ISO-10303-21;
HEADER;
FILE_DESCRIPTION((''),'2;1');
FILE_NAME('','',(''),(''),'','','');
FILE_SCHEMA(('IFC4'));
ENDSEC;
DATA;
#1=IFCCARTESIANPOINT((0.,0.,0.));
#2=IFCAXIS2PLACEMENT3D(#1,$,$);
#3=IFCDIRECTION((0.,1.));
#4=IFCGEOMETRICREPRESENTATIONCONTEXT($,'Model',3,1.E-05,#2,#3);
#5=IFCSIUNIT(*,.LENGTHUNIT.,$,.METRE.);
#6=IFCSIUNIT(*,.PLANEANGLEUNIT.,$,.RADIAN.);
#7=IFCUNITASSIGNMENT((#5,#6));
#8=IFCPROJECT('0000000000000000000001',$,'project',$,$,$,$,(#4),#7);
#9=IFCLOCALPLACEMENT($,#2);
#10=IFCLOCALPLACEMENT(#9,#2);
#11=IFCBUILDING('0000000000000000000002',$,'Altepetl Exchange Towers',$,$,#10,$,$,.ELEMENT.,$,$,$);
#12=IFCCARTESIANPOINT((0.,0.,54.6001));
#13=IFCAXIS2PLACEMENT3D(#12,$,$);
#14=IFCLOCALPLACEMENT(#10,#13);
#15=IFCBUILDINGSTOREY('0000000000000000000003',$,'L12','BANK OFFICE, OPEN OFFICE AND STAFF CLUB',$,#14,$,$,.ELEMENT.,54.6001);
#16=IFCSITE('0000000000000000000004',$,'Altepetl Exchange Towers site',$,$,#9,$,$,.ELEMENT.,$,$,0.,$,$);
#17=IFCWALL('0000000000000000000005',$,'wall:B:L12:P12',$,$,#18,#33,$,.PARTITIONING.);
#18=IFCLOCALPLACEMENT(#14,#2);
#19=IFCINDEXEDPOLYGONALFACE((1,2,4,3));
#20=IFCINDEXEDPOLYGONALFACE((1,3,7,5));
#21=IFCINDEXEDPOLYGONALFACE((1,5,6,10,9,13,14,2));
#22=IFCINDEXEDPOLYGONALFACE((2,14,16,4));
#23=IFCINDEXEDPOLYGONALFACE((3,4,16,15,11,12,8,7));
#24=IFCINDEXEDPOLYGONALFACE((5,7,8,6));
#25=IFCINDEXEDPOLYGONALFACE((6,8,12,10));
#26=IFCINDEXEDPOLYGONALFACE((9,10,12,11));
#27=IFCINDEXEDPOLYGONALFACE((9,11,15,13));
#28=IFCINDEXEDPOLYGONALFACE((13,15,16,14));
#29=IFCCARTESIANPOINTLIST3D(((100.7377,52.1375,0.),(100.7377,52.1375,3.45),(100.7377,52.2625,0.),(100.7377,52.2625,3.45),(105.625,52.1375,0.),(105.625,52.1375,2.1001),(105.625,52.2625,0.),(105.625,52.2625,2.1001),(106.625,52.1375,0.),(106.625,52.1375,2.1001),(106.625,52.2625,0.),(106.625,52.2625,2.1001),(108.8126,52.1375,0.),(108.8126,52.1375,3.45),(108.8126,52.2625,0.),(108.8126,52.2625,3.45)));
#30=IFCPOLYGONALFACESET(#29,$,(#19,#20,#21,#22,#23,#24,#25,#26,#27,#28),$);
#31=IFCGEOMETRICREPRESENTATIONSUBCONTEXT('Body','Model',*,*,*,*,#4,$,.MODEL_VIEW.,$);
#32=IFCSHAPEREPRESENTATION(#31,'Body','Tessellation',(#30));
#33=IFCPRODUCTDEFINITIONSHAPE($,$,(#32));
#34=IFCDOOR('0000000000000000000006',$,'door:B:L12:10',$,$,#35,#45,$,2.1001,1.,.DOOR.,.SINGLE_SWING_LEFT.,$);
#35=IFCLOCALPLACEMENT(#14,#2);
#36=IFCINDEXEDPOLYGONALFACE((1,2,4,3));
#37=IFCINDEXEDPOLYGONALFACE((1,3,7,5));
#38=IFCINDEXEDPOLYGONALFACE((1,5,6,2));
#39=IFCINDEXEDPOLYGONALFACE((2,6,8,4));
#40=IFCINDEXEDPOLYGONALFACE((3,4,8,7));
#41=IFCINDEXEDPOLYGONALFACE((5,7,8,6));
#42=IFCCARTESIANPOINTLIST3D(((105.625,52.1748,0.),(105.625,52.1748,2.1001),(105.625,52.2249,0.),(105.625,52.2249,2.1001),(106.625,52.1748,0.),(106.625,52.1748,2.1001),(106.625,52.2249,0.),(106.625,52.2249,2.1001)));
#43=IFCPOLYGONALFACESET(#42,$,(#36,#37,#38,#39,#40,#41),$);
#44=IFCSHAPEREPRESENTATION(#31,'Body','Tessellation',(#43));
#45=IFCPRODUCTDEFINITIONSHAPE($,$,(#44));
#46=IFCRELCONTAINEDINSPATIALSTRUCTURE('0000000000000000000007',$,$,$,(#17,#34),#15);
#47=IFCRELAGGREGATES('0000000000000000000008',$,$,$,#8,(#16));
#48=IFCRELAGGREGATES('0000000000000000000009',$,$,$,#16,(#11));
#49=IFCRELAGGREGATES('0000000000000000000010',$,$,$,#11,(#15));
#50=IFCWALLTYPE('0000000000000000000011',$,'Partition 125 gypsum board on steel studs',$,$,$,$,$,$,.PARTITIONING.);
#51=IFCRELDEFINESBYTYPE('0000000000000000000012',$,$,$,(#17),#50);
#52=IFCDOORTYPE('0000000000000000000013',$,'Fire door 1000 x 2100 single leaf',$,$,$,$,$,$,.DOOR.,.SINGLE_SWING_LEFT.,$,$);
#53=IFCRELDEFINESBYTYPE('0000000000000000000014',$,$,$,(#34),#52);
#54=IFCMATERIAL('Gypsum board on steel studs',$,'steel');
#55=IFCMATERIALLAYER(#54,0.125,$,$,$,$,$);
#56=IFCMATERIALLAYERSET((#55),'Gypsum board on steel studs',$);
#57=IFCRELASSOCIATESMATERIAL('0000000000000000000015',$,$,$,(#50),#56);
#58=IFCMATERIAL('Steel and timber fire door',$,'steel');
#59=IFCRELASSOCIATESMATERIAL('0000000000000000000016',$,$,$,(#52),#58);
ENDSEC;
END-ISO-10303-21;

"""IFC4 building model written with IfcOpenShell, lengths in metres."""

from ifc_helpers import new_model, si_unit, direction, frame, frame_2d, origin, place, context, subcontext, project, spatial, rectangle, extrude, material, layer, layer_set, type_object, element, fill, save


model = new_model("IFC4")

# Units and contexts
model_context = context("Model", 3, precision=1e-05, world=origin(), true_north=direction((0.0, 1.0)))
body_context = subcontext(model_context, "Body", "Model", "MODEL_VIEW")
ifc_project = project(units=[si_unit("LENGTHUNIT", "METRE"), si_unit("PLANEANGLEUNIT", "RADIAN")], contexts=[model_context])

# Site, building, storey
site_placement = place(None, origin())
site = spatial("IfcSite", under=ifc_project, at=site_placement, Name="Altepetl Exchange Towers site", CompositionType="ELEMENT", RefElevation=0.0)
building_placement = place(site_placement, origin())
building = spatial("IfcBuilding", under=site, at=building_placement, Name="Altepetl Exchange Towers", CompositionType="ELEMENT")
storey_placement = place(building_placement, frame((0.0, 0.0, 54.6001)))
storey = spatial("IfcBuildingStorey", under=building, at=storey_placement, Name="L12", Description="BANK OFFICE, OPEN OFFICE AND STAFF CLUB", CompositionType="ELEMENT", Elevation=54.6001)

# Shared definitions
ifc_material_1 = material(Name="Gypsum board on steel studs", Category="steel")
ifc_layer_1 = layer(ifc_material_1, 0.125)
ifc_layer_set_1 = layer_set([ifc_layer_1], Name="Gypsum board on steel studs")
wall_type = type_object("IfcWallType", Name="Partition 125 gypsum board on steel studs", PredefinedType="PARTITIONING", material=ifc_layer_set_1)

# Wall, opening, door
wall_1_placement = place(storey_placement, frame((100.7375, 52.2, 0.0)))
wall_1 = element("IfcWall", 1, at=wall_1_placement, inside=storey, type_object=wall_type, Name="wall:B:L12:P12", PredefinedType="PARTITIONING", context=body_context, shape_type="SweptSolid", body=[
    extrude(rectangle(XDim=8.075, YDim=0.125, at=frame_2d((4.0376, 0.0))), origin(), (0.0, 0.0, 1.0), 3.45),
])
opening_placement = place(wall_1_placement, frame((4.8875, 0.0, 0.0)))
opening = element("IfcOpeningElement", 2, at=opening_placement, cuts=wall_1, PredefinedType="OPENING", context=body_context, shape_type="SweptSolid", body=[
    extrude(rectangle(XDim=1.0, YDim=2.1001, at=frame_2d((0.5, 1.05))), frame((0.0, 0.0725, 0.0), z_axis=(0.0, -1.0, 0.0), x_axis=(1.0, 0.0, 0.0)), (0.0, 0.0, 1.0), 0.145),
])
ifc_material_2 = material(Name="Steel and timber fire door", Category="steel")
door_type = type_object("IfcDoorType", Name="Fire door 1000 x 2100 single leaf", OperationType="SINGLE_SWING_LEFT", PredefinedType="DOOR", material=ifc_material_2)
door_placement = place(opening_placement, origin())
door = element("IfcDoor", 3, at=door_placement, inside=storey, type_object=door_type, Name="door:B:L12:10", OperationType="SINGLE_SWING_LEFT", OverallHeight=2.1001, OverallWidth=1.0, PredefinedType="DOOR", context=body_context, shape_type="SweptSolid", body=[
    extrude(rectangle(XDim=1.0, YDim=2.1001, at=frame_2d((0.5, 1.05))), frame((0.0, 0.0249, 0.0), z_axis=(0.0, -1.0, 0.0), x_axis=(1.0, 0.0, 0.0)), (0.0, 0.0, 1.0), 0.05),
])
fill(opening, door)

save(model, "model.ifc")
